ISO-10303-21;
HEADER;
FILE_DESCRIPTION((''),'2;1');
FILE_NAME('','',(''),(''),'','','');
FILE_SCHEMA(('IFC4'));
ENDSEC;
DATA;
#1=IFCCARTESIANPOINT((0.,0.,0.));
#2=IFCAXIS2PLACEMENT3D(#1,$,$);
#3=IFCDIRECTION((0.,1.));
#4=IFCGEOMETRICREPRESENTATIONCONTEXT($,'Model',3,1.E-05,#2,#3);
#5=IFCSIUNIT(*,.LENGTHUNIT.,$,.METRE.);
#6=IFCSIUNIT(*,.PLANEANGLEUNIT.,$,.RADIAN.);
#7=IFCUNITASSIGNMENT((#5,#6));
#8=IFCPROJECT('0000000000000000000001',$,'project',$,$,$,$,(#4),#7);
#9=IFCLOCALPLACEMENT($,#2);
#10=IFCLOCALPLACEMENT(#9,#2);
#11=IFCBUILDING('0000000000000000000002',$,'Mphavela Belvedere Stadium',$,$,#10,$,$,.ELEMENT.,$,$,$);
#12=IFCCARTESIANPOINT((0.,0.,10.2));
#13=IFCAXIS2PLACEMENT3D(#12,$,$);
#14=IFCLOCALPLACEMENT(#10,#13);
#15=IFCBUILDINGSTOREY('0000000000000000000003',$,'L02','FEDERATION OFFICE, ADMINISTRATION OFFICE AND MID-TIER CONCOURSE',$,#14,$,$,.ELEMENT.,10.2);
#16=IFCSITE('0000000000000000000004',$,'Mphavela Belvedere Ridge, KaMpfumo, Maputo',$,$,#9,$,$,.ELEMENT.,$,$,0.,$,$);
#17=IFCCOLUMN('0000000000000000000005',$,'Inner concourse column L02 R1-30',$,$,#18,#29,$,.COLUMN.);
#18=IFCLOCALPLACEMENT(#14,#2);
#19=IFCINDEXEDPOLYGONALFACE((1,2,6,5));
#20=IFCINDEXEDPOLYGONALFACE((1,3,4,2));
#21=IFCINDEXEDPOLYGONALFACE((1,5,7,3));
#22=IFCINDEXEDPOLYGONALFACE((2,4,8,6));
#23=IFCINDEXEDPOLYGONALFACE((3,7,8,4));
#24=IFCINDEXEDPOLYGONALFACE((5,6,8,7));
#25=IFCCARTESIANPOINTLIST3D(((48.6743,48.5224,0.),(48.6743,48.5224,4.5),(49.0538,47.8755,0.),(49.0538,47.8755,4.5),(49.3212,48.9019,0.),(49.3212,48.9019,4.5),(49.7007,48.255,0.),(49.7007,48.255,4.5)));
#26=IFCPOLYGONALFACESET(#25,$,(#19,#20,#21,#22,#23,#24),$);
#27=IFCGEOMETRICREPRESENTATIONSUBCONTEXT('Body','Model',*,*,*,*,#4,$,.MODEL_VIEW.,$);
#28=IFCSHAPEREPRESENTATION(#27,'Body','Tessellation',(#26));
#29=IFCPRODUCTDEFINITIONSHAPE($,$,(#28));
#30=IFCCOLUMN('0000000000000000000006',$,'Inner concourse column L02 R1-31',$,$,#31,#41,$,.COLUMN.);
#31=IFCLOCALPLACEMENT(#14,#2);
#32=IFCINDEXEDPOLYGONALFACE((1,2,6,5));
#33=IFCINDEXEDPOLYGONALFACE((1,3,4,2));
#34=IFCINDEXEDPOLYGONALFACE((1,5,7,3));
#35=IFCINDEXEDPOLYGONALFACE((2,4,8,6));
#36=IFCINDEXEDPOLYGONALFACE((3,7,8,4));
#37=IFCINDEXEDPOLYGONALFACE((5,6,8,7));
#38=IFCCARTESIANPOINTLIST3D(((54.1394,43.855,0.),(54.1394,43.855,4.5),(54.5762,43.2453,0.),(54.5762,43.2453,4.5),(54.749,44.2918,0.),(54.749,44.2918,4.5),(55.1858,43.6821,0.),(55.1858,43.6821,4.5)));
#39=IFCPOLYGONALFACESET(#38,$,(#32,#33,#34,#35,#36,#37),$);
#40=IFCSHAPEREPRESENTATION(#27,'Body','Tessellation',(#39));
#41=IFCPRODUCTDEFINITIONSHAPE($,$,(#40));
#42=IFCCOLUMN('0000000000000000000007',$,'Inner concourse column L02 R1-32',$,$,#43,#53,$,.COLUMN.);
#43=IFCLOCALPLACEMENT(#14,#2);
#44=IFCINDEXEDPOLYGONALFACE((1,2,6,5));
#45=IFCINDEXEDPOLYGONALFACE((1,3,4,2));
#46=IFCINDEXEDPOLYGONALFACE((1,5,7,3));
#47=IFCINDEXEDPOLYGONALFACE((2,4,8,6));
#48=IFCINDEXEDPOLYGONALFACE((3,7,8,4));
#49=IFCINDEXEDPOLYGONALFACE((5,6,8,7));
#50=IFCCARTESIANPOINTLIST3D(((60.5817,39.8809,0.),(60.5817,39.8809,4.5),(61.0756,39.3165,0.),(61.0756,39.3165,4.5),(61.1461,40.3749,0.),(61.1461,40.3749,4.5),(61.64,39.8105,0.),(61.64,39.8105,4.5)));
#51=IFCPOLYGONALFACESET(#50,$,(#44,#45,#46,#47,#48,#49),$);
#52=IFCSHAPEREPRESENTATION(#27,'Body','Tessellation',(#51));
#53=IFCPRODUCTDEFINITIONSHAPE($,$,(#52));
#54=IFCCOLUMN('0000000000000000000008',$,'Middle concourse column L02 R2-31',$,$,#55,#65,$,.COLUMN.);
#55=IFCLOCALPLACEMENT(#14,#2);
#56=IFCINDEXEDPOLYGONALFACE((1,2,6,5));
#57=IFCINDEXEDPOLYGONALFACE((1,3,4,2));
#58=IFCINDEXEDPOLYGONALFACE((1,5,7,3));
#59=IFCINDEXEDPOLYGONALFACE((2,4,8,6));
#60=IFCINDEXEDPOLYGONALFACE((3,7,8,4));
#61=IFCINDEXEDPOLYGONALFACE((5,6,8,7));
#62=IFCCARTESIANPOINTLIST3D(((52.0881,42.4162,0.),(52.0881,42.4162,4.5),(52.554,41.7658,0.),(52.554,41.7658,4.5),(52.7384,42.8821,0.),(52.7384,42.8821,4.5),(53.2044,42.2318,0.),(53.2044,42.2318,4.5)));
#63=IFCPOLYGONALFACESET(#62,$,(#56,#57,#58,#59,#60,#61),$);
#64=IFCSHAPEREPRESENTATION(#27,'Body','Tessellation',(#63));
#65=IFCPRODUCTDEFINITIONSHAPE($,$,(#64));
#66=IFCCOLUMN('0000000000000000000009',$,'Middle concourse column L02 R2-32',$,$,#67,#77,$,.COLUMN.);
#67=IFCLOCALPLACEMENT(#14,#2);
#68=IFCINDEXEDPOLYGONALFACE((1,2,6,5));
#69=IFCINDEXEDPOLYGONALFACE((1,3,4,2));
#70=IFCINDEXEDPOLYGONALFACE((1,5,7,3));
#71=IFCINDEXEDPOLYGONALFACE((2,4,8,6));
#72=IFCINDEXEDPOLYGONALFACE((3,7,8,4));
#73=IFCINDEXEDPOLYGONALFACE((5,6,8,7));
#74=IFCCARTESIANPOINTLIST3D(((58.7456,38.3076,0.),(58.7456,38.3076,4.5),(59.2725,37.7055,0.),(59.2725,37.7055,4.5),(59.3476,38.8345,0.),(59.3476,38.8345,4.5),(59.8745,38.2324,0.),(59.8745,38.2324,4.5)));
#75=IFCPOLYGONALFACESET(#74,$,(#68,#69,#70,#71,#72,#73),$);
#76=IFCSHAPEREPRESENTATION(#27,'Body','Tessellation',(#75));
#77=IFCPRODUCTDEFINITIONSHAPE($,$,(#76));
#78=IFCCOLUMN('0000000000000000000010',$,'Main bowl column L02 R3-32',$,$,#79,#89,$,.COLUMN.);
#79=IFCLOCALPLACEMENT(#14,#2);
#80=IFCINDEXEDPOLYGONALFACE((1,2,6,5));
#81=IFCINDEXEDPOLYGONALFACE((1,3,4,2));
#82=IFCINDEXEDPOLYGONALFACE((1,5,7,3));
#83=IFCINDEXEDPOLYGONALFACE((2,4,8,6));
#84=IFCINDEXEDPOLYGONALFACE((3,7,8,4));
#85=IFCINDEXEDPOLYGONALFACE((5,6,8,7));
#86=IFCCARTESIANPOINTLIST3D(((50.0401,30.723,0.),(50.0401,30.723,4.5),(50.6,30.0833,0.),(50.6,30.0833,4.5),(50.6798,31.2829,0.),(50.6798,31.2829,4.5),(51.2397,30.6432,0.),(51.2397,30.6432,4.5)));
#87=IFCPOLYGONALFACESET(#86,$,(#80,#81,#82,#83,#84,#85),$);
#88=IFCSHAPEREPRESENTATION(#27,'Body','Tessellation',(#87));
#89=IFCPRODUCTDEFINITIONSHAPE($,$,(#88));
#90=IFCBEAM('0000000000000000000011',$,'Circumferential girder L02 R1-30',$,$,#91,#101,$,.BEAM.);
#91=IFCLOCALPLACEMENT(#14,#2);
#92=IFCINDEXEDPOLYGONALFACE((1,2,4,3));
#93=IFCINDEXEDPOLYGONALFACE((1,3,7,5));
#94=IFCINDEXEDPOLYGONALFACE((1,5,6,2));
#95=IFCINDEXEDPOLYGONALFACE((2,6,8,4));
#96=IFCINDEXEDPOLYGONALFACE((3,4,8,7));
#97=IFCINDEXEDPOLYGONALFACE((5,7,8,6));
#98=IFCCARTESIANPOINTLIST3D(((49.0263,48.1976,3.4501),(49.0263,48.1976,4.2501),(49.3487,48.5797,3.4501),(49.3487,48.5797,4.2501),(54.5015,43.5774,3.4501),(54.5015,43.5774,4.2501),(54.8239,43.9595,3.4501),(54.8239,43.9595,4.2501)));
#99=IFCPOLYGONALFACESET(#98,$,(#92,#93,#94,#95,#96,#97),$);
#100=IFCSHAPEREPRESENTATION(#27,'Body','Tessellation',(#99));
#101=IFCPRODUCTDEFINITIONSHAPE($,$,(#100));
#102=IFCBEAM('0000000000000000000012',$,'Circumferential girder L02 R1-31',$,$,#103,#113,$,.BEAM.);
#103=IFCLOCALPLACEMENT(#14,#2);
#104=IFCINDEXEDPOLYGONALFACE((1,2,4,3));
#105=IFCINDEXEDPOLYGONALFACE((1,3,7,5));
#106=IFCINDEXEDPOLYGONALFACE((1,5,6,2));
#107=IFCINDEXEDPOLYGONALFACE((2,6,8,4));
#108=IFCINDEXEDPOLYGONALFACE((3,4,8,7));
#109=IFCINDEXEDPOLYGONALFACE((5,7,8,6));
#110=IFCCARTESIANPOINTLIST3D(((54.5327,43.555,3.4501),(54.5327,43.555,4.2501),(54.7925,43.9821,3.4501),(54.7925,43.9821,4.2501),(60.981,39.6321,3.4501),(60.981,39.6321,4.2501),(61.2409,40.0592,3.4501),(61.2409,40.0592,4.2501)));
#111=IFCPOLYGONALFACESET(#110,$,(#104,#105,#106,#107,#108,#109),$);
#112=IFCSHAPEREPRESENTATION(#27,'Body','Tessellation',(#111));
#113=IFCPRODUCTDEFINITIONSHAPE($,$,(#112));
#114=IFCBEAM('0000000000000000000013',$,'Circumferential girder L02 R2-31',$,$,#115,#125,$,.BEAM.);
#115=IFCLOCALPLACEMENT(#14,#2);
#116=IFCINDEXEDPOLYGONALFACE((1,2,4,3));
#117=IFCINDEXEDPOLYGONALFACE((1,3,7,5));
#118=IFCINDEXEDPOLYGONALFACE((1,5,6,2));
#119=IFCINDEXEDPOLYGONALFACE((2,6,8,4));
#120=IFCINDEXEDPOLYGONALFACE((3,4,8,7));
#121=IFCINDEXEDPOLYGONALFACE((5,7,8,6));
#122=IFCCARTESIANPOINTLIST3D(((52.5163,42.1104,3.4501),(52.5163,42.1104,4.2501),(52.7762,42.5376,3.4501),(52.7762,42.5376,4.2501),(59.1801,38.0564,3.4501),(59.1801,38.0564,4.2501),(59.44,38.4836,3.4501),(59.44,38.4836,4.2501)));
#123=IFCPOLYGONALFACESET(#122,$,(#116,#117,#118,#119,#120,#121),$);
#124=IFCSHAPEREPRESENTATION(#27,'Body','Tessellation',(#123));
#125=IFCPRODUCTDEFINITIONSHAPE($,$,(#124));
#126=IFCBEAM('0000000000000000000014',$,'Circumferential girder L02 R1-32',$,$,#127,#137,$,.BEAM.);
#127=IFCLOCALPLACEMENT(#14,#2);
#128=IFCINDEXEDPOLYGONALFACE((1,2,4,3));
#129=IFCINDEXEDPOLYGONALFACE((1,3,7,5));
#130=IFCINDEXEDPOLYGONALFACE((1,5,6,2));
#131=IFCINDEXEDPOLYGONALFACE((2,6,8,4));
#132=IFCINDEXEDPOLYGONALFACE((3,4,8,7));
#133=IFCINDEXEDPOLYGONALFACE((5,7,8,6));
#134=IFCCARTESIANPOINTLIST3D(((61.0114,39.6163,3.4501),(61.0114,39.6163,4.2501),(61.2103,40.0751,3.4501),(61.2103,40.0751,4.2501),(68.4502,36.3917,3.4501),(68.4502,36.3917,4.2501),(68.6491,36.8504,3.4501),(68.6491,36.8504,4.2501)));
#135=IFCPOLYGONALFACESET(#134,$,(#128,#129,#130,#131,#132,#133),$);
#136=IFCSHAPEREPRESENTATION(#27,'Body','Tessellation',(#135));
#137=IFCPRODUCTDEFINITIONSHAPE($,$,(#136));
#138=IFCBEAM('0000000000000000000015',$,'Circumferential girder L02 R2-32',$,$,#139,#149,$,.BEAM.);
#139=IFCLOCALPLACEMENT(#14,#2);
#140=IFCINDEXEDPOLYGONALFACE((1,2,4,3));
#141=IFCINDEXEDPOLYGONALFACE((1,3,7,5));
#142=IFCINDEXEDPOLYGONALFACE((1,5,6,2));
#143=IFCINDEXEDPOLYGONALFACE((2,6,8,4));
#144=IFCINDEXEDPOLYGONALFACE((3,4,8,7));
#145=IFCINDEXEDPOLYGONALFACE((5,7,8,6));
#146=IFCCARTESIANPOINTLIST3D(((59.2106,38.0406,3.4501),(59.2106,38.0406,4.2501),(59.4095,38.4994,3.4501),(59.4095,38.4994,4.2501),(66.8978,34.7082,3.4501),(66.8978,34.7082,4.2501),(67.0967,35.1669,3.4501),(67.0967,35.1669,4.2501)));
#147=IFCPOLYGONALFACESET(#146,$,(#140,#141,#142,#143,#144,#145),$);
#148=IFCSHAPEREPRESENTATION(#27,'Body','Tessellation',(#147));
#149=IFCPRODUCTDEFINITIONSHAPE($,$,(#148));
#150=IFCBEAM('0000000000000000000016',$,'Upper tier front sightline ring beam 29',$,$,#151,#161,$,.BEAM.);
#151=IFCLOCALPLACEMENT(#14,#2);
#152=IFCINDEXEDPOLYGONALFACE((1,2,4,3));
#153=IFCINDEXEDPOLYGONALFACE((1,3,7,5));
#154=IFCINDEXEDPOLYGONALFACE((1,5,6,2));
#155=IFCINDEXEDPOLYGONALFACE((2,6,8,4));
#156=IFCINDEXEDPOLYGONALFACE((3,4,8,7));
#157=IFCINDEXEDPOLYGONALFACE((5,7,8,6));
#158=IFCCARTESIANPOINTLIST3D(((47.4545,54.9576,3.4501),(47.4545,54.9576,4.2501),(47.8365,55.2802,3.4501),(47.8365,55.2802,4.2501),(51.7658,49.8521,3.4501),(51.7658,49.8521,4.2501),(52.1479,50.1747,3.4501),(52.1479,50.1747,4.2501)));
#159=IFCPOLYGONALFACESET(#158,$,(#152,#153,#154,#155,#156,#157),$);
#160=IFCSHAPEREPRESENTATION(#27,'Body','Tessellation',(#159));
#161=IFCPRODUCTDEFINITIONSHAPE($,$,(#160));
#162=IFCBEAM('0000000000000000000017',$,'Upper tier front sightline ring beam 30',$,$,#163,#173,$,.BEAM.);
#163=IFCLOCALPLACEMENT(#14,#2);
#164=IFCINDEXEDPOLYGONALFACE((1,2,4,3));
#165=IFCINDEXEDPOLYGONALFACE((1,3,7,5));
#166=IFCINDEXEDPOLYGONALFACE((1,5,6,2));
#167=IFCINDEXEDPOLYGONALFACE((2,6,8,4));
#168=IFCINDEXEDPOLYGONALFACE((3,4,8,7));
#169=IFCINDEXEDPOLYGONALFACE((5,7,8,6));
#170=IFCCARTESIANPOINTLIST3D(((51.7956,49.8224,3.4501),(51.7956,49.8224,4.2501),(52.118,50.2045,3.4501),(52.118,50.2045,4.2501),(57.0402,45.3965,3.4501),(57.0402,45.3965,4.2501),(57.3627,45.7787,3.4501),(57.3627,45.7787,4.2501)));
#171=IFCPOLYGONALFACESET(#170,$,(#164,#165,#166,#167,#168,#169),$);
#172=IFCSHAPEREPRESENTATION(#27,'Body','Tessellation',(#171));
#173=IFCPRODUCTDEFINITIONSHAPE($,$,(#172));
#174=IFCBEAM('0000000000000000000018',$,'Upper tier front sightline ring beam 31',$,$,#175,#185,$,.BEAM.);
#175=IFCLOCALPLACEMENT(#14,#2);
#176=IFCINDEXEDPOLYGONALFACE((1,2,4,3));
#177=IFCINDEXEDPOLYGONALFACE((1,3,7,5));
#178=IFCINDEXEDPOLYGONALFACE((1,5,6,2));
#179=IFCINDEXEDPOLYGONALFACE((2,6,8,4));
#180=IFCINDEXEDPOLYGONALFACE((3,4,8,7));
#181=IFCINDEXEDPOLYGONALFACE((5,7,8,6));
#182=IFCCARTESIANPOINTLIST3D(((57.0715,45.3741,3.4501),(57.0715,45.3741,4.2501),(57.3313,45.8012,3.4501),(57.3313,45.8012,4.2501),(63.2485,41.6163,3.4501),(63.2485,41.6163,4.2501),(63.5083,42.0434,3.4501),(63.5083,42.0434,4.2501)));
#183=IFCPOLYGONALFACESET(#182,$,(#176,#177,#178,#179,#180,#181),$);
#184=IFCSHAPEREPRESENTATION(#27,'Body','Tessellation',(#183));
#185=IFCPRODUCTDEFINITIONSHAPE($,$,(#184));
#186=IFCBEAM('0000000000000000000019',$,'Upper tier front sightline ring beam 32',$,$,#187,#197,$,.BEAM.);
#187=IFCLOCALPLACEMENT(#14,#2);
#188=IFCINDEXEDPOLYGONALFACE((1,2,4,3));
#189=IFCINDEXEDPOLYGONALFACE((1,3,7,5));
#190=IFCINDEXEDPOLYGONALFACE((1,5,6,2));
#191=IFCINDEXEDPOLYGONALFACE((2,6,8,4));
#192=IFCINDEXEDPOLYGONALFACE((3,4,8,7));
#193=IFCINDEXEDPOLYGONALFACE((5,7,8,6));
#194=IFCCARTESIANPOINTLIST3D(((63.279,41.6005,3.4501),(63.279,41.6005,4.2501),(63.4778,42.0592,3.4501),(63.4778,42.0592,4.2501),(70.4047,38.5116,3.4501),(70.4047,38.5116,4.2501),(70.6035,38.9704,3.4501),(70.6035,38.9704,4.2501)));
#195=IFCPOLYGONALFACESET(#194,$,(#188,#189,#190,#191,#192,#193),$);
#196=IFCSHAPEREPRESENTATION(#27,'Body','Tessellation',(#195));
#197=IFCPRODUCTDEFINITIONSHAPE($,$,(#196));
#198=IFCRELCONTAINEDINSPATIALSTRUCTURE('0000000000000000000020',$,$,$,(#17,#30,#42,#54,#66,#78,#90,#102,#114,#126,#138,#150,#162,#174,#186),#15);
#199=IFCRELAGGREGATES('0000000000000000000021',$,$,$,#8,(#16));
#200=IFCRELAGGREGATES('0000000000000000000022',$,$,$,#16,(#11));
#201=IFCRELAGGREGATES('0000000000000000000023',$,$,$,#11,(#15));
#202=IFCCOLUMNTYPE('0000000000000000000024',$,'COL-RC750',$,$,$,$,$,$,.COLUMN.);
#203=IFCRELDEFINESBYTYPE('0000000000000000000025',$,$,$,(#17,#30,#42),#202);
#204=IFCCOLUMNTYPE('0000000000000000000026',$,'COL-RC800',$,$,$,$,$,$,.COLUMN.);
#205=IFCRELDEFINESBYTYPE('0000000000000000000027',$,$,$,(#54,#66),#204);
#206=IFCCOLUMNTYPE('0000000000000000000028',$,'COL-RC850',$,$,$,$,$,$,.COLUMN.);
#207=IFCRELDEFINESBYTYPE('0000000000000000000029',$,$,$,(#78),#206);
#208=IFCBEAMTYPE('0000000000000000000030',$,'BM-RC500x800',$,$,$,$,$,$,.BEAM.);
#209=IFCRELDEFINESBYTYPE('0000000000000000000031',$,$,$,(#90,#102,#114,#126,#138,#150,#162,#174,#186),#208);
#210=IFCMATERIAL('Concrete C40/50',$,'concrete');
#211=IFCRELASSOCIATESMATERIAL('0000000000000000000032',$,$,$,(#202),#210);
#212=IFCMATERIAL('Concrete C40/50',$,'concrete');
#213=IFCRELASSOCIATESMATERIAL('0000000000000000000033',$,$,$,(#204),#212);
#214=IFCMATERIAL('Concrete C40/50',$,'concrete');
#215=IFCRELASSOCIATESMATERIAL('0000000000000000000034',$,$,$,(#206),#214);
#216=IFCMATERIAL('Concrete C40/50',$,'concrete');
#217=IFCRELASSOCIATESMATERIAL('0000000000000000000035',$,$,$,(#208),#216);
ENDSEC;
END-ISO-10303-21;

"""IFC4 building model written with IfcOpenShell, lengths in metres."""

from ifc_helpers import new_model, si_unit, direction, frame, origin, origin_2d, place, context, subcontext, project, spatial, rectangle, extrude, material, material_profile, profile_set, type_object, element, save


model = new_model("IFC4")

# Units and contexts
model_context = context("Model", 3, precision=1e-05, world=origin(), true_north=direction((0.0, 1.0)))
body_context = subcontext(model_context, "Body", "Model", "MODEL_VIEW")
ifc_project = project(units=[si_unit("LENGTHUNIT", "METRE"), si_unit("PLANEANGLEUNIT", "RADIAN")], contexts=[model_context])

# Site, building, storey
site_placement = place(None, origin())
site = spatial("IfcSite", under=ifc_project, at=site_placement, Name="Mphavela Belvedere Ridge, KaMpfumo, Maputo", CompositionType="ELEMENT", RefElevation=0.0)
building_placement = place(site_placement, origin())
building = spatial("IfcBuilding", under=site, at=building_placement, Name="Mphavela Belvedere Stadium", CompositionType="ELEMENT")
storey_placement = place(building_placement, frame((0.0, 0.0, 10.2)))
storey = spatial("IfcBuildingStorey", under=building, at=storey_placement, Name="L02", Description="FEDERATION OFFICE, ADMINISTRATION OFFICE AND MID-TIER CONCOURSE", CompositionType="ELEMENT", Elevation=10.2)

# Columns
ifc_material_1 = material(Name="Concrete C40/50", Category="concrete")
ifc_material_profile_1 = material_profile(ifc_material_1, rectangle(XDim=0.75, YDim=0.75, at=origin_2d()), Name="RC 750x750")
ifc_profile_set_1 = profile_set([ifc_material_profile_1], Name="Concrete C40/50")
column_type_1 = type_object("IfcColumnType", Name="COL-RC750", PredefinedType="COLUMN", material=ifc_profile_set_1)
for number, where, z_axis, x_axis, name in (
    (1, (49.1875, 48.3887, 0.0), (0.0, 0.0, 1.0), (-0.862514, -0.506034, 0.0), "Inner concourse column L02 R1-30"),
    (2, (54.6626, 43.7686, 0.0), (0.0, 0.0, 1.0), (-0.812898, -0.582407, 0.0), "Inner concourse column L02 R1-31"),
    (3, (61.1108, 39.8457, 0.0), (0.0, 0.0, 1.0), (-0.75253, -0.658558, 0.0), "Inner concourse column L02 R1-32"),
):
    element("IfcColumn", number, at=place(storey_placement, frame(where, z_axis=z_axis, x_axis=x_axis)), inside=storey, type_object=column_type_1, Name=name, PredefinedType="COLUMN", context=body_context, shape_type="SweptSolid", body=[
        extrude(rectangle(XDim=0.75, YDim=0.75, at=origin_2d()), origin(), (0.0, 0.0, 1.0), 4.5),
    ])
ifc_material_2 = material(Name="Concrete C40/50", Category="concrete")
ifc_material_profile_2 = material_profile(ifc_material_2, rectangle(XDim=0.8, YDim=0.8, at=origin_2d()), Name="RC 800x800")
ifc_profile_set_2 = profile_set([ifc_material_profile_2], Name="Concrete C40/50")
column_type_2 = type_object("IfcColumnType", Name="COL-RC800", PredefinedType="COLUMN", material=ifc_profile_set_2)
for number, where, z_axis, x_axis, name in (
    (4, (52.6462, 42.324, 0.0), (0.0, 0.0, 1.0), (-0.812898, -0.582407, 0.0), "Middle concourse column L02 R2-31"),
    (5, (59.3101, 38.27, 0.0), (0.0, 0.0, 1.0), (-0.75253, -0.658558, 0.0), "Middle concourse column L02 R2-32"),
):
    element("IfcColumn", number, at=place(storey_placement, frame(where, z_axis=z_axis, x_axis=x_axis)), inside=storey, type_object=column_type_2, Name=name, PredefinedType="COLUMN", context=body_context, shape_type="SweptSolid", body=[
        extrude(rectangle(XDim=0.8, YDim=0.8, at=origin_2d()), origin(), (0.0, 0.0, 1.0), 4.5),
    ])
ifc_material_3 = material(Name="Concrete C40/50", Category="concrete")
ifc_material_profile_3 = material_profile(ifc_material_3, rectangle(XDim=0.8501, YDim=0.8501, at=origin_2d()), Name="RC 850x850")
ifc_profile_set_3 = profile_set([ifc_material_profile_3], Name="Concrete C40/50")
column_type_3 = type_object("IfcColumnType", Name="COL-RC850", PredefinedType="COLUMN", material=ifc_profile_set_3)
column_placement = place(storey_placement, frame((50.6399, 30.6831, 0.0), z_axis=(0.0, 0.0, 1.0), x_axis=(-0.75253, -0.658558, 0.0)))
element("IfcColumn", 6, at=column_placement, inside=storey, type_object=column_type_3, Name="Main bowl column L02 R3-32", PredefinedType="COLUMN", context=body_context, shape_type="SweptSolid", body=[
    extrude(rectangle(XDim=0.8501, YDim=0.8501, at=origin_2d()), origin(), (0.0, 0.0, 1.0), 4.5),
])

# Beams
ifc_material_4 = material(Name="Concrete C40/50", Category="concrete")
ifc_material_profile_4 = material_profile(ifc_material_4, rectangle(XDim=0.5, YDim=0.8, at=origin_2d()), Name="RC 500x800")
ifc_profile_set_4 = profile_set([ifc_material_profile_4], Name="Concrete C40/50")
beam_type_1 = type_object("IfcBeamType", Name="BM-RC500x800", PredefinedType="BEAM", material=ifc_profile_set_4)
beam_1_placement = place(storey_placement, frame((49.1875, 48.3887, 3.8501), z_axis=(0.764257, -0.644912, 0.0), x_axis=(0.644912, 0.764257, 0.0)))
element("IfcBeam", 7, at=beam_1_placement, inside=storey, type_object=beam_type_1, Name="Circumferential girder L02 R1-30", PredefinedType="BEAM", context=body_context, shape_type="SweptSolid", body=[
    extrude(rectangle(XDim=0.5, YDim=0.8, at=origin_2d()), origin(), (0.0, 0.0, 1.0), 7.1641),
])
beam_2_placement = place(storey_placement, frame((54.6626, 43.7686, 3.8501), z_axis=(0.854326, -0.519738, 0.0), x_axis=(0.519738, 0.854326, 0.0)))
element("IfcBeam", 8, at=beam_2_placement, inside=storey, type_object=beam_type_1, Name="Circumferential girder L02 R1-31", PredefinedType="BEAM", context=body_context, shape_type="SweptSolid", body=[
    extrude(rectangle(XDim=0.5, YDim=0.8, at=origin_2d()), origin(), (0.0, 0.0, 1.0), 7.5479),
])
beam_3_placement = place(storey_placement, frame((52.6462, 42.324, 3.8501), z_axis=(0.854328, -0.519733, 0.0), x_axis=(0.519733, 0.854328, 0.0)))
element("IfcBeam", 9, at=beam_3_placement, inside=storey, type_object=beam_type_1, Name="Circumferential girder L02 R2-31", PredefinedType="BEAM", context=body_context, shape_type="SweptSolid", body=[
    extrude(rectangle(XDim=0.5, YDim=0.8, at=origin_2d()), origin(), (0.0, 0.0, 1.0), 7.8),
])
beam_4_placement = place(storey_placement, frame((61.1108, 39.8457, 3.8501), z_axis=(0.917503, -0.397728, 0.0), x_axis=(0.397728, 0.917503, 0.0)))
element("IfcBeam", 10, at=beam_4_placement, inside=storey, type_object=beam_type_1, Name="Circumferential girder L02 R1-32", PredefinedType="BEAM", context=body_context, shape_type="SweptSolid", body=[
    extrude(rectangle(XDim=0.5, YDim=0.8, at=origin_2d()), origin(), (0.0, 0.0, 1.0), 8.1077),
])
beam_5_placement = place(storey_placement, frame((59.3101, 38.27, 3.8501), z_axis=(0.917496, -0.397746, 0.0), x_axis=(0.397746, 0.917496, 0.0)))
element("IfcBeam", 11, at=beam_5_placement, inside=storey, type_object=beam_type_1, Name="Circumferential girder L02 R2-32", PredefinedType="BEAM", context=body_context, shape_type="SweptSolid", body=[
    extrude(rectangle(XDim=0.5, YDim=0.8, at=origin_2d()), origin(), (0.0, 0.0, 1.0), 8.3784),
])
beam_6_placement = place(storey_placement, frame((47.6455, 55.1189, 3.8501), z_axis=(0.64518, -0.76403, 0.0), x_axis=(0.76403, 0.64518, 0.0)))
element("IfcBeam", 12, at=beam_6_placement, inside=storey, type_object=beam_type_1, Name="Upper tier front sightline ring beam 29", PredefinedType="BEAM", context=body_context, shape_type="SweptSolid", body=[
    extrude(rectangle(XDim=0.5, YDim=0.8, at=origin_2d()), origin(), (0.0, 0.0, 1.0), 6.6824),
])
beam_7_placement = place(storey_placement, frame((51.9568, 50.0134, 3.8501), z_axis=(0.764247, -0.644924, 0.0), x_axis=(0.644924, 0.764247, 0.0)))
element("IfcBeam", 13, at=beam_7_placement, inside=storey, type_object=beam_type_1, Name="Upper tier front sightline ring beam 30", PredefinedType="BEAM", context=body_context, shape_type="SweptSolid", body=[
    extrude(rectangle(XDim=0.5, YDim=0.8, at=origin_2d()), origin(), (0.0, 0.0, 1.0), 6.8625),
])
beam_8_placement = place(storey_placement, frame((57.2014, 45.5876, 3.8501), z_axis=(0.854328, -0.519735, 0.0), x_axis=(0.519735, 0.854328, 0.0)))
element("IfcBeam", 14, at=beam_8_placement, inside=storey, type_object=beam_type_1, Name="Upper tier front sightline ring beam 31", PredefinedType="BEAM", context=body_context, shape_type="SweptSolid", body=[
    extrude(rectangle(XDim=0.5, YDim=0.8, at=origin_2d()), origin(), (0.0, 0.0, 1.0), 7.2302),
])
beam_9_placement = place(storey_placement, frame((63.3784, 41.8298, 3.8501), z_axis=(0.917506, -0.397721, 0.0), x_axis=(0.397721, 0.917506, 0.0)))
element("IfcBeam", 15, at=beam_9_placement, inside=storey, type_object=beam_type_1, Name="Upper tier front sightline ring beam 32", PredefinedType="BEAM", context=body_context, shape_type="SweptSolid", body=[
    extrude(rectangle(XDim=0.5, YDim=0.8, at=origin_2d()), origin(), (0.0, 0.0, 1.0), 7.7664),
])

save(model, "model.ifc")
